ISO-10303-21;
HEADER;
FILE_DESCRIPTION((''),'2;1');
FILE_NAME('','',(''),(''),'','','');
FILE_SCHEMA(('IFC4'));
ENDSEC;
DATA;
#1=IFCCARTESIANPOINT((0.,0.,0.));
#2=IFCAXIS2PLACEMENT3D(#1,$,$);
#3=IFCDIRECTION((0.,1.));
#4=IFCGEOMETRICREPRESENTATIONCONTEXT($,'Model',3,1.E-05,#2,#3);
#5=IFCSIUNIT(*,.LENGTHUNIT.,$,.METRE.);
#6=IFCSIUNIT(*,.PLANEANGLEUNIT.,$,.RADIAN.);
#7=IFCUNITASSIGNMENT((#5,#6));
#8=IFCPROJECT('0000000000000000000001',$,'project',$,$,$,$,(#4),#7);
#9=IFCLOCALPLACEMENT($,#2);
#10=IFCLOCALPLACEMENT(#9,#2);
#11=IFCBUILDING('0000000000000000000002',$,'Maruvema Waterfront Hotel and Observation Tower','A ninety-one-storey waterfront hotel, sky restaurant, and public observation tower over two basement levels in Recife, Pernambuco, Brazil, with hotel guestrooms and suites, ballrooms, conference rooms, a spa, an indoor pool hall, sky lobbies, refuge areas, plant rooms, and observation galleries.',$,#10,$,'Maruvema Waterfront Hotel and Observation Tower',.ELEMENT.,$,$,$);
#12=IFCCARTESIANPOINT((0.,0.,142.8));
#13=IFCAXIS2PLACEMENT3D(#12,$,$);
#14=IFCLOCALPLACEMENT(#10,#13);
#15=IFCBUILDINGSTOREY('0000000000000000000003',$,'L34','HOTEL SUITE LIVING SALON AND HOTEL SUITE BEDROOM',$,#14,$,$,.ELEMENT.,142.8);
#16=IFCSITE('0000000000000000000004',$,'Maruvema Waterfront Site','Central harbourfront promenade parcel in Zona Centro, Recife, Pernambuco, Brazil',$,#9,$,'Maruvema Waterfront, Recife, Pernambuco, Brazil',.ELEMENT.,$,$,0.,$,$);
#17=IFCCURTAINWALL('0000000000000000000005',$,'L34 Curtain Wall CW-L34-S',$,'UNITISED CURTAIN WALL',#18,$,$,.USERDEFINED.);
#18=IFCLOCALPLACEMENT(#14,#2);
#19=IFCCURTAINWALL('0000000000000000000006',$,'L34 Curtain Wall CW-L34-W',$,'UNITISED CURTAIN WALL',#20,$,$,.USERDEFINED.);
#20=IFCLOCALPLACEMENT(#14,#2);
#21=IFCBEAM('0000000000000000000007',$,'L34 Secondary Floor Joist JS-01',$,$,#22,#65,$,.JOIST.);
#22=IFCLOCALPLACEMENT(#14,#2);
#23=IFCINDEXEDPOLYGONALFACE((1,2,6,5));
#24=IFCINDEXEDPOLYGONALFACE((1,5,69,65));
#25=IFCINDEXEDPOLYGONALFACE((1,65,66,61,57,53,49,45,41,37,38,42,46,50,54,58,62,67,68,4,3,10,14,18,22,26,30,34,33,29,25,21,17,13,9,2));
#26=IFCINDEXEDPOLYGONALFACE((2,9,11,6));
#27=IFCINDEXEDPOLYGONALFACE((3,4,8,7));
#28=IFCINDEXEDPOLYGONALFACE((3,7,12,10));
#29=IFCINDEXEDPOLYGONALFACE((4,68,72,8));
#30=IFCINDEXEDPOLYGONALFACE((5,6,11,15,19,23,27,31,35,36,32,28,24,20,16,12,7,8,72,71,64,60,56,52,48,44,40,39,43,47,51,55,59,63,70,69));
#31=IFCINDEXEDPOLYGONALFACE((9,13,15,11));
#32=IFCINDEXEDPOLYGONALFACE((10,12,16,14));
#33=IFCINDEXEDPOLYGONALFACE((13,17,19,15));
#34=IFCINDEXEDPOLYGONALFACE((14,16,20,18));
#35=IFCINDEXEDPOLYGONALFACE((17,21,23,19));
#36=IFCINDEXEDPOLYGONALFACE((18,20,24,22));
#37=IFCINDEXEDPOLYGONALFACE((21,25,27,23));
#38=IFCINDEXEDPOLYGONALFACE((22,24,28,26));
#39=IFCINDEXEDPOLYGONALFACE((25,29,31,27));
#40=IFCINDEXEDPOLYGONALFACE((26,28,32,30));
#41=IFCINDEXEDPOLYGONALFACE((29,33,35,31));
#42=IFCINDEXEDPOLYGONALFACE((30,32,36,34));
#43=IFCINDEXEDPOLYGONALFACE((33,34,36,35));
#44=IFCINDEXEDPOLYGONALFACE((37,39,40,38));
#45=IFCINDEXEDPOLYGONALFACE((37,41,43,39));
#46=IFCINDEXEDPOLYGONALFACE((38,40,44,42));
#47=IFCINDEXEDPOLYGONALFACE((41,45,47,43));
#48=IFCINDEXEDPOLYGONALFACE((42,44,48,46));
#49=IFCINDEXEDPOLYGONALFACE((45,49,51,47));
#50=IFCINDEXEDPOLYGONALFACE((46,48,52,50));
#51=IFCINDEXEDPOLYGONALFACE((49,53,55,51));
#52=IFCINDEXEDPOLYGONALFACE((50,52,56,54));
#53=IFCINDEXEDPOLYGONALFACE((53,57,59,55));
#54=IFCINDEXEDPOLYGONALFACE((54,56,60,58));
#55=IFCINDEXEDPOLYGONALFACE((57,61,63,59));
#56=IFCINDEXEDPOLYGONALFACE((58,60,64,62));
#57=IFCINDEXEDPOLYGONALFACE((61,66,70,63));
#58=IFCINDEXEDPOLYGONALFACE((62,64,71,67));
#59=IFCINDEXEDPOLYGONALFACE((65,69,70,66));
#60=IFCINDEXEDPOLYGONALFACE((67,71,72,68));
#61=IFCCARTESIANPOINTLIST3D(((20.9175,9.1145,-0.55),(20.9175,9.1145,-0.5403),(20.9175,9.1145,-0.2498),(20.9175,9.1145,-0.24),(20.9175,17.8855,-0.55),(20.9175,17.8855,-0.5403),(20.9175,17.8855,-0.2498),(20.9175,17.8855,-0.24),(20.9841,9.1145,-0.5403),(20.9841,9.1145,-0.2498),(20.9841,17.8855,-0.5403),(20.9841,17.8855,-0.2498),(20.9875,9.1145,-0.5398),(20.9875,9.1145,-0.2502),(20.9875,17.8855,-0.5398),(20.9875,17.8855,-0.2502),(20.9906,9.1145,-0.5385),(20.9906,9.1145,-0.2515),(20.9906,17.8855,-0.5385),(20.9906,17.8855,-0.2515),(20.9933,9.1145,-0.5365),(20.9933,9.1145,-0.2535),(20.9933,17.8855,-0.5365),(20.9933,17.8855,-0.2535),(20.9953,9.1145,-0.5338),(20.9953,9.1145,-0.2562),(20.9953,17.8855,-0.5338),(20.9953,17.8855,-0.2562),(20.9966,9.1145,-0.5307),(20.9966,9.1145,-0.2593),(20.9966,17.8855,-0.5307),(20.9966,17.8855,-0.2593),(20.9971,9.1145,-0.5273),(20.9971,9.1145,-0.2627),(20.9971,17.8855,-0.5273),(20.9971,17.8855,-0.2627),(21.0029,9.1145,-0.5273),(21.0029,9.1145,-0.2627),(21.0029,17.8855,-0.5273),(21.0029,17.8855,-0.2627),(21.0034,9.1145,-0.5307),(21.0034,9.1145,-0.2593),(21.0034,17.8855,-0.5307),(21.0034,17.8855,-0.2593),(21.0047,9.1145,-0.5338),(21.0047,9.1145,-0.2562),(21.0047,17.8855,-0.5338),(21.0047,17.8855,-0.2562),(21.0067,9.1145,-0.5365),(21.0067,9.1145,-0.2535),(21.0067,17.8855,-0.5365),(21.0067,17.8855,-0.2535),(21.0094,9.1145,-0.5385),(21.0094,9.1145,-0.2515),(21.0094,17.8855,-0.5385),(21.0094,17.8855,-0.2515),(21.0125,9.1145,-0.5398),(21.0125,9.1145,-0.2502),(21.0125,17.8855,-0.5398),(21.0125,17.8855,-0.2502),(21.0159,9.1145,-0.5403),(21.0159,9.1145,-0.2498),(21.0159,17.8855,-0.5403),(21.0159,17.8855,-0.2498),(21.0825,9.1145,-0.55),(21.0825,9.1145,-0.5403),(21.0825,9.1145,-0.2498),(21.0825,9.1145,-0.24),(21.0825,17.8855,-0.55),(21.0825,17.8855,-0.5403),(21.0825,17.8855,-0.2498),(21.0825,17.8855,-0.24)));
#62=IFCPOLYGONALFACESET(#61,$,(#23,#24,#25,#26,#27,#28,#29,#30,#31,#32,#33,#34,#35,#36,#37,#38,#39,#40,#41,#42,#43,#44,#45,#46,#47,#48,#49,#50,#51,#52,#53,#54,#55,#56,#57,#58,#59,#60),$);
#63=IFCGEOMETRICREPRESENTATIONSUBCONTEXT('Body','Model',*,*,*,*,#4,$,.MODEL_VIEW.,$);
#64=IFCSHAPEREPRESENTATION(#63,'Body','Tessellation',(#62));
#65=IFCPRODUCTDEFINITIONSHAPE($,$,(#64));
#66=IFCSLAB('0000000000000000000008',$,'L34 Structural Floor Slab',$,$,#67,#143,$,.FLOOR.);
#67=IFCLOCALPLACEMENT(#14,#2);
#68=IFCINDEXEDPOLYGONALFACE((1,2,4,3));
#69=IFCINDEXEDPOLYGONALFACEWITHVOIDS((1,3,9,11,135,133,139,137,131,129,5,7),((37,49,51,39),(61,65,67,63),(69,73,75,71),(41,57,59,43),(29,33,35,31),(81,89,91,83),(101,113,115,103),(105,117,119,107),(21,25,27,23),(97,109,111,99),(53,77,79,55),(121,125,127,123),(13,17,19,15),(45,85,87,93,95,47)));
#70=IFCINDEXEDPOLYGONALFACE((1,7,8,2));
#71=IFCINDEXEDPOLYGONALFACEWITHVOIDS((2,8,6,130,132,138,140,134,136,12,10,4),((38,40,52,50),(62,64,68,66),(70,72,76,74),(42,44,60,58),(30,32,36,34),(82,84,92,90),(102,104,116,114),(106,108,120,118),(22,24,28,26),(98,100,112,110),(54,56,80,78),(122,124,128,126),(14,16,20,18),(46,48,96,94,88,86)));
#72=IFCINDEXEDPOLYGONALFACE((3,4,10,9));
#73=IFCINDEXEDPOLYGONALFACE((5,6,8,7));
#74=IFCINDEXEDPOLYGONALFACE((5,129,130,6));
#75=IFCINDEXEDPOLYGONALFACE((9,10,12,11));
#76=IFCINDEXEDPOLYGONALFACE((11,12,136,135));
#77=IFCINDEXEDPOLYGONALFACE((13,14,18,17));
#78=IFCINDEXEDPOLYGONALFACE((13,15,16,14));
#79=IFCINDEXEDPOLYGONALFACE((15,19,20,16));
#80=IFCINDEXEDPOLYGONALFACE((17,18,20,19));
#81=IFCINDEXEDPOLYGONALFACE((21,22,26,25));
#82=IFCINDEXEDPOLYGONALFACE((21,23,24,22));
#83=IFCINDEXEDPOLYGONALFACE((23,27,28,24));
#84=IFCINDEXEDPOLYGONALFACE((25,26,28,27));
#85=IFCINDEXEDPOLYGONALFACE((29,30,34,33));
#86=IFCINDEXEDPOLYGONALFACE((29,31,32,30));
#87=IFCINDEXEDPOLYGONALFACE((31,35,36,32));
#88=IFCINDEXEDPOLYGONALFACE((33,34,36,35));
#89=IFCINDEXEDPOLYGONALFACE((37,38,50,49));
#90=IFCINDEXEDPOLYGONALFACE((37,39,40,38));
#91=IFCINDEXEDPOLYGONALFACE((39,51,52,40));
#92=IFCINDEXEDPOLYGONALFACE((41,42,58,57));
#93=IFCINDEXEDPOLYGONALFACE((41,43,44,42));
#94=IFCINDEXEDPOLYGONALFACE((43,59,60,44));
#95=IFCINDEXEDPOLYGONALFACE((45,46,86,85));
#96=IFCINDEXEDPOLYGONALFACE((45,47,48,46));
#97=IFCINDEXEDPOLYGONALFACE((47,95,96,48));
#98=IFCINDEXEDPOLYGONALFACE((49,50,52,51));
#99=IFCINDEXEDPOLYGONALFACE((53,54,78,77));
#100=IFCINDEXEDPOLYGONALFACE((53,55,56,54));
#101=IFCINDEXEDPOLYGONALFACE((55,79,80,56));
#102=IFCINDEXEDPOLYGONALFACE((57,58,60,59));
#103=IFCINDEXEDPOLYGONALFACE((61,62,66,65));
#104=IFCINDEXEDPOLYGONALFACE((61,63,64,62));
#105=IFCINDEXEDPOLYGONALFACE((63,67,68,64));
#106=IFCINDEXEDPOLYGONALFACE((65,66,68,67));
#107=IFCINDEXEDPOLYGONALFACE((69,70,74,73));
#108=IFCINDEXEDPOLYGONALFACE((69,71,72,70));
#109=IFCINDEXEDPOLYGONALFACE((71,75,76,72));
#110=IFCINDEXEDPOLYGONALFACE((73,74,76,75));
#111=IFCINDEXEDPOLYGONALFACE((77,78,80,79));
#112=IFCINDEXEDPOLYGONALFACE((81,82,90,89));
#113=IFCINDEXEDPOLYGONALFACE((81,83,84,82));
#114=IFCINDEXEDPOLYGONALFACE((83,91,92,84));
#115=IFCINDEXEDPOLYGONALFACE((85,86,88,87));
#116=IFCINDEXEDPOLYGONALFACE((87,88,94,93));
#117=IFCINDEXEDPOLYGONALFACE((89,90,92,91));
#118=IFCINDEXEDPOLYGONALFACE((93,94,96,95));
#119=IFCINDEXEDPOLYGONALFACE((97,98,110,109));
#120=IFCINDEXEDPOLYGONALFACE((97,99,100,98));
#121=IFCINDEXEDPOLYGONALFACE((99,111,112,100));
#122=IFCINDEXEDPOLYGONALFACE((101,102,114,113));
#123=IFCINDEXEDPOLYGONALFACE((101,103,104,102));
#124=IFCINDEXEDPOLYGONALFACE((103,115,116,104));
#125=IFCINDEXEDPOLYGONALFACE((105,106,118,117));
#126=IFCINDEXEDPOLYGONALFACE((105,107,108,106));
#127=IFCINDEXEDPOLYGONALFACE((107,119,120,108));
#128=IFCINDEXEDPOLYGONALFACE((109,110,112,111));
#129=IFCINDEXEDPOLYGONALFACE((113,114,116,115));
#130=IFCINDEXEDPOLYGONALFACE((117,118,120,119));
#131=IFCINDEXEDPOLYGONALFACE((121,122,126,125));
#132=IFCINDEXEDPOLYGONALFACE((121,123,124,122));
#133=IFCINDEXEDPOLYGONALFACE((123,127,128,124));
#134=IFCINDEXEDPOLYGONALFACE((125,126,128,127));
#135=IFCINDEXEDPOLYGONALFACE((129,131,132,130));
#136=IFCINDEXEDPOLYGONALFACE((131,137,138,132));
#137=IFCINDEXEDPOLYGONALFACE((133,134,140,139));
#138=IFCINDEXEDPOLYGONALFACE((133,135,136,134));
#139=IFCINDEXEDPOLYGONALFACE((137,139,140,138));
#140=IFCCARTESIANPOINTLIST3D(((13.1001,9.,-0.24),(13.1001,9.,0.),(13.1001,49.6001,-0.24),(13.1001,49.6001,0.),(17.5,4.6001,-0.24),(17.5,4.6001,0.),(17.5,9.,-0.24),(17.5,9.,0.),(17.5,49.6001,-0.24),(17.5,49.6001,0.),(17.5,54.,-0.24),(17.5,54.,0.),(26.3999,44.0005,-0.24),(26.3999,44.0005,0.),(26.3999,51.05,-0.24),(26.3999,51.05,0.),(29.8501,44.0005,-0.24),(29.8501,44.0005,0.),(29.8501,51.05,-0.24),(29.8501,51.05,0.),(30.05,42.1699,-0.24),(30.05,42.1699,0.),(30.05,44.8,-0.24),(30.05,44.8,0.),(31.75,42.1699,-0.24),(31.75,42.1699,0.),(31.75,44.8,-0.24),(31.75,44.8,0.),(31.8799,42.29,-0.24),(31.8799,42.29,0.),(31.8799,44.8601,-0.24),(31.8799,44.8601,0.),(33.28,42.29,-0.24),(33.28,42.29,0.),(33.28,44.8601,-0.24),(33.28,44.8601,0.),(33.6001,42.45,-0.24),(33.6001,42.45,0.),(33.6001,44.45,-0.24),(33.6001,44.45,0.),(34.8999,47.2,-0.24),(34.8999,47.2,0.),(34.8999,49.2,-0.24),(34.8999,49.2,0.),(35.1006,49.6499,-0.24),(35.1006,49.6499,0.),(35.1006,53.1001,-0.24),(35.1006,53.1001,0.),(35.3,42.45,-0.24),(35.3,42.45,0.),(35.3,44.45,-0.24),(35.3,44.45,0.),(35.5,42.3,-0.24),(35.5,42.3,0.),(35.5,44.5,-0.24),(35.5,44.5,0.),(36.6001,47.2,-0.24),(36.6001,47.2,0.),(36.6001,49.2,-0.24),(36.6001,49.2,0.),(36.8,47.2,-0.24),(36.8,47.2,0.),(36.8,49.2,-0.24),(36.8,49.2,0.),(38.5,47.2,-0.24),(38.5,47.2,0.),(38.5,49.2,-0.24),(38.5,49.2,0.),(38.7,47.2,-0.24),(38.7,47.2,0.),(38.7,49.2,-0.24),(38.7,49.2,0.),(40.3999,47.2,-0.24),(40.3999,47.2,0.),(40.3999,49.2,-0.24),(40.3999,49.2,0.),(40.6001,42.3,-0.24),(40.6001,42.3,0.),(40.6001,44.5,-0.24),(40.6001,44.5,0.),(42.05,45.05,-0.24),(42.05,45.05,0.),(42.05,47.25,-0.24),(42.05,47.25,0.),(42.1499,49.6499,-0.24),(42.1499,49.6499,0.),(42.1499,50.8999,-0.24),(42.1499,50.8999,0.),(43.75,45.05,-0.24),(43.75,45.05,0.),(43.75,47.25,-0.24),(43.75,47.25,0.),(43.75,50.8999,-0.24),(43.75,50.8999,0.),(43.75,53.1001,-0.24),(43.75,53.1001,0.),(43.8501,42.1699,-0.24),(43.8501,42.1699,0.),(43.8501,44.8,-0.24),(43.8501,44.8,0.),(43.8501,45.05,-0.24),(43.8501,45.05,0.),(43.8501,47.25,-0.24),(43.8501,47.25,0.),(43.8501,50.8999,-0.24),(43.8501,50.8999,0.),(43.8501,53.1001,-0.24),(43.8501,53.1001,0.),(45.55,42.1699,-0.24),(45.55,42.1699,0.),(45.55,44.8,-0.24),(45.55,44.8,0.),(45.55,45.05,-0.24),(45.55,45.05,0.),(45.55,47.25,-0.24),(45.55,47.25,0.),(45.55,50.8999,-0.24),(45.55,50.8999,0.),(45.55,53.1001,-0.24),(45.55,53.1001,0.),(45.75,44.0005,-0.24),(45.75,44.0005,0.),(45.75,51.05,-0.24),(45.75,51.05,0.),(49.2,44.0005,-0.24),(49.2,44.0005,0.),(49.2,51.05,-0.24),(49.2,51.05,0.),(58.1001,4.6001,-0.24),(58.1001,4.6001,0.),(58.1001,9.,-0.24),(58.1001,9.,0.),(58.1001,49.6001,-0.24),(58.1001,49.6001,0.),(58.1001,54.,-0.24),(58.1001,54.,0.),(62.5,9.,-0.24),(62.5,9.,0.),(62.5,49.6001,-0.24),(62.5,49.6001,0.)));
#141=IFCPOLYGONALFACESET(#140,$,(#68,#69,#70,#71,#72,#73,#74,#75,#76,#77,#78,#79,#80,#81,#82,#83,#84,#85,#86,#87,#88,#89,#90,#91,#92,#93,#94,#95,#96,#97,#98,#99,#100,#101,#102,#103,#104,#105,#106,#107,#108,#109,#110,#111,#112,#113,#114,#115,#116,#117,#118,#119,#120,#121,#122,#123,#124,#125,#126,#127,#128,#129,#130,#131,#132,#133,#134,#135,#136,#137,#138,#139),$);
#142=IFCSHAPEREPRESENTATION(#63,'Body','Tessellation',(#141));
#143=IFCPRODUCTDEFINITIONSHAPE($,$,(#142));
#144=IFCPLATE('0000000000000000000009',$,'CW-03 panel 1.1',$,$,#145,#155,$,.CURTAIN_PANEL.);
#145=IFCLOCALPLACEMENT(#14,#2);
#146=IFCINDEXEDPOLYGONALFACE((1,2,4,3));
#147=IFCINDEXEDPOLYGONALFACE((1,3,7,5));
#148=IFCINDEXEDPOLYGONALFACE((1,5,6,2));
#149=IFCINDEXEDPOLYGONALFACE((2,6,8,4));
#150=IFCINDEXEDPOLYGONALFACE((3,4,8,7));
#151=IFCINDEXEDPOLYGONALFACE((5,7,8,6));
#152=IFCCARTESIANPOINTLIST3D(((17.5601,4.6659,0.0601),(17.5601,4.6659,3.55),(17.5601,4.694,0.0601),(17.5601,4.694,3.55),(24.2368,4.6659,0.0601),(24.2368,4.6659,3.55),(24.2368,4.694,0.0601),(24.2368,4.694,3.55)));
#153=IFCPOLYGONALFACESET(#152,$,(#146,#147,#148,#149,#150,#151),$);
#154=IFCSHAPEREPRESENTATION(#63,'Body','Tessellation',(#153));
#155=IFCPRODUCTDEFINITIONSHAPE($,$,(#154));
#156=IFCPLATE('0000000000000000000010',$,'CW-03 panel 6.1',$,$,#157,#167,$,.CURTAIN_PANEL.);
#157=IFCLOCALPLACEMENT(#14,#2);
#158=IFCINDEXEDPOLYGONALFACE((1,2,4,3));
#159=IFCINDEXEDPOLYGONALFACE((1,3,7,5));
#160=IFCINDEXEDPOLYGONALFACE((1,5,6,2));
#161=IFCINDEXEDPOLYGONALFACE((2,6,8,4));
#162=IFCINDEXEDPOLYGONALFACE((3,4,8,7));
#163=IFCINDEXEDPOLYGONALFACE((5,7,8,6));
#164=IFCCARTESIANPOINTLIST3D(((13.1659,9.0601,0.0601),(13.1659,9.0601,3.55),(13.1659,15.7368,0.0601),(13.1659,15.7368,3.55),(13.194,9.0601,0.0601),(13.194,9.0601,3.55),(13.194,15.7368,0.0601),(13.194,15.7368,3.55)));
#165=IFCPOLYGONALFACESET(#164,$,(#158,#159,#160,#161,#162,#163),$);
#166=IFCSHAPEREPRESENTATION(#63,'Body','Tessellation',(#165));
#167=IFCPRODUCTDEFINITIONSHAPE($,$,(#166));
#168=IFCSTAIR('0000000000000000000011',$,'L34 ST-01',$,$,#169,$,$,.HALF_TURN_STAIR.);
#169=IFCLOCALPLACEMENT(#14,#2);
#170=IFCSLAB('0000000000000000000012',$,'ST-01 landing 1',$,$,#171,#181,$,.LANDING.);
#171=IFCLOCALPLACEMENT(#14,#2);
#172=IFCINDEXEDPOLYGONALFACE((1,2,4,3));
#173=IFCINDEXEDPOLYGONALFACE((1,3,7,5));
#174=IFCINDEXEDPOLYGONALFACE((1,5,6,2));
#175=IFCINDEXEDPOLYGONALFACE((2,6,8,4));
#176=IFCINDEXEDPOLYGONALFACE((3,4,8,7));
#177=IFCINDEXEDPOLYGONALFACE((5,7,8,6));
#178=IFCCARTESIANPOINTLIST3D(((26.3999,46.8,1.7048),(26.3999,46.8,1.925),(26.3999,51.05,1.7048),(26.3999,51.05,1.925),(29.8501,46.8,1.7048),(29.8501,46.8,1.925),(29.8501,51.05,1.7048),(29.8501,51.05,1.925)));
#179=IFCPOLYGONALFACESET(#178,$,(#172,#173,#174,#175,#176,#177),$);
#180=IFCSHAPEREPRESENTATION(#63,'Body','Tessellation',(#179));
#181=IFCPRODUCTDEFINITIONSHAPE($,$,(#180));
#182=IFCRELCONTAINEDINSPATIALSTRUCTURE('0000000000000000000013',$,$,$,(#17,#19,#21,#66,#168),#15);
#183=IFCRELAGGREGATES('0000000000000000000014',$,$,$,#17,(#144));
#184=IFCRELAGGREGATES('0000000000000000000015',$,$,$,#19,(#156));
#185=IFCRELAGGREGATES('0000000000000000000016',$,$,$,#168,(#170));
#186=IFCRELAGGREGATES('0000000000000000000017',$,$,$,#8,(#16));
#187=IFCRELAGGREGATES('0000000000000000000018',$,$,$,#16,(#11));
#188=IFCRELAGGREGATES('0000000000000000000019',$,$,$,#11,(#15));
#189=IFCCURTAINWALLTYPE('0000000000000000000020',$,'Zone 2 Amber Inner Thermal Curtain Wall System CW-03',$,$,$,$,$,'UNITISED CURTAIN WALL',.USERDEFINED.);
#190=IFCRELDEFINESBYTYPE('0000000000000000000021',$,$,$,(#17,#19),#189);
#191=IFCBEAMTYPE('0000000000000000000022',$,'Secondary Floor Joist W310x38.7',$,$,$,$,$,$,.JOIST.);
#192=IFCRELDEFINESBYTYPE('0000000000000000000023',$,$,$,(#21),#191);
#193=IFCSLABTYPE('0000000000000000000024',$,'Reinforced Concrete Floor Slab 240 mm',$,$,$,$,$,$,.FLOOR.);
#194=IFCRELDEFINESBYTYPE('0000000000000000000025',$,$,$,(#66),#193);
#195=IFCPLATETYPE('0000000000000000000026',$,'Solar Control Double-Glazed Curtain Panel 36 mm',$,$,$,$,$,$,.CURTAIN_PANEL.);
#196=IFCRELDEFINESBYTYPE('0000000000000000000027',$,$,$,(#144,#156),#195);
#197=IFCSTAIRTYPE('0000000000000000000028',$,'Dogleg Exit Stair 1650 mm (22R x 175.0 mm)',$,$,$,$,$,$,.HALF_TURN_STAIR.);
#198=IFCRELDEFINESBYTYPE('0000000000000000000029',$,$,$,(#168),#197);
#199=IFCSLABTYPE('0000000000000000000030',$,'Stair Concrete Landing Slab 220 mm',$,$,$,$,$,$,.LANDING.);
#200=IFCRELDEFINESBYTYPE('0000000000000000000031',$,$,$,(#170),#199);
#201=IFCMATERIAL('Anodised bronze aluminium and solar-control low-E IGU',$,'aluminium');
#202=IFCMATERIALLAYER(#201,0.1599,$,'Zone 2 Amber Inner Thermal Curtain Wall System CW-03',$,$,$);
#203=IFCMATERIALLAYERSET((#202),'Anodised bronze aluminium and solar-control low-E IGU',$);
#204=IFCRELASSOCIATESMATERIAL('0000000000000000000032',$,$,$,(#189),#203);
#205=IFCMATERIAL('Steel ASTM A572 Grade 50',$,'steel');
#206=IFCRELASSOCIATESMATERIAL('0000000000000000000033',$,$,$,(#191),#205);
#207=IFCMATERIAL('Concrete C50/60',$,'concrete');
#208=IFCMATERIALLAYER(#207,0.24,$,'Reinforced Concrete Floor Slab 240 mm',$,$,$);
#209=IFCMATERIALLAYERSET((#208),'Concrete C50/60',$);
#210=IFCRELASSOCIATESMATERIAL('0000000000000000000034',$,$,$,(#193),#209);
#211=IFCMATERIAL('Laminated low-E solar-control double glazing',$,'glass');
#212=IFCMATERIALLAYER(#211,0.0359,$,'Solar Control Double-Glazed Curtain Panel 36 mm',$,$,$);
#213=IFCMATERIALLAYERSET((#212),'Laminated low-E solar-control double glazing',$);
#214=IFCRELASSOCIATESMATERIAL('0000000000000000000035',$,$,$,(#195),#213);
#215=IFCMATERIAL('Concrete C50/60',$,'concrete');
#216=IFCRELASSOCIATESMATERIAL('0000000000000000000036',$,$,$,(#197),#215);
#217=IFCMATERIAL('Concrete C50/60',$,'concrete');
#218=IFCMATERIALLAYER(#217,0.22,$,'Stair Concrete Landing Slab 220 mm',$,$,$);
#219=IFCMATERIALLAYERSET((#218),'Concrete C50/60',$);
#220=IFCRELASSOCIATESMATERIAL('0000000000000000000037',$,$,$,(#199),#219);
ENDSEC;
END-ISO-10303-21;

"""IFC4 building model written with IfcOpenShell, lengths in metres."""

from ifc_helpers import new_model, si_unit, direction, frame, origin, origin_2d, place, context, subcontext, project, spatial, polyline, rectangle, i_section, outline, extrude, material, layer, layer_set, material_profile, profile_set, type_object, element, aggregate, save


model = new_model("IFC4")

# Units and contexts
model_context = context("Model", 3, precision=1e-05, world=origin(), true_north=direction((0.0, 1.0)))
body_context = subcontext(model_context, "Body", "Model", "MODEL_VIEW")
ifc_project = project(units=[si_unit("LENGTHUNIT", "METRE"), si_unit("PLANEANGLEUNIT", "RADIAN")], contexts=[model_context])

# Site, building, storey
site_placement = place(None, origin())
site = spatial("IfcSite", under=ifc_project, at=site_placement, Name="Maruvema Waterfront Site", Description="Central harbourfront promenade parcel in Zona Centro, Recife, Pernambuco, Brazil", LongName="Maruvema Waterfront, Recife, Pernambuco, Brazil", CompositionType="ELEMENT", RefElevation=0.0)
building_placement = place(site_placement, origin())
building = spatial("IfcBuilding", under=site, at=building_placement, Name="Maruvema Waterfront Hotel and Observation Tower", Description="A ninety-one-storey waterfront hotel, sky restaurant, and public observation tower over two basement levels in Recife, Pernambuco, Brazil, with hotel guestrooms and suites, ballrooms, conference rooms, a spa, an indoor pool hall, sky lobbies, refuge areas, plant rooms, and observation galleries.", LongName="Maruvema Waterfront Hotel and Observation Tower", CompositionType="ELEMENT")
storey_placement = place(building_placement, frame((0.0, 0.0, 142.8)))
storey = spatial("IfcBuildingStorey", under=building, at=storey_placement, Name="L34", Description="HOTEL SUITE LIVING SALON AND HOTEL SUITE BEDROOM", CompositionType="ELEMENT", Elevation=142.8)

# Curtain walls
ifc_material_1 = material(Name="Anodised bronze aluminium and solar-control low-E IGU", Category="aluminium")
ifc_layer_1 = layer(ifc_material_1, 0.1599, Name="Zone 2 Amber Inner Thermal Curtain Wall System CW-03")
ifc_layer_set_1 = layer_set([ifc_layer_1], Name="Anodised bronze aluminium and solar-control low-E IGU")
curtain_wall_type = type_object("IfcCurtainWallType", Name="Zone 2 Amber Inner Thermal Curtain Wall System CW-03", ElementType="UNITISED CURTAIN WALL", PredefinedType="USERDEFINED", material=ifc_layer_set_1)
curtain_wall_1_placement = place(storey_placement, origin())
curtain_wall_1 = element("IfcCurtainWall", 1, at=curtain_wall_1_placement, inside=storey, type_object=curtain_wall_type, Name="L34 Curtain Wall CW-L34-S", ObjectType="UNITISED CURTAIN WALL", PredefinedType="USERDEFINED")
curtain_wall_2_placement = place(storey_placement, origin())
curtain_wall_2 = element("IfcCurtainWall", 2, at=curtain_wall_2_placement, inside=storey, type_object=curtain_wall_type, Name="L34 Curtain Wall CW-L34-W", ObjectType="UNITISED CURTAIN WALL", PredefinedType="USERDEFINED")

# Beam
ifc_material_2 = material(Name="Steel ASTM A572 Grade 50", Category="steel")
ifc_material_profile_1 = material_profile(ifc_material_2, i_section(OverallWidth=0.165, OverallDepth=0.3101, WebThickness=0.0059, FlangeThickness=0.0098, FilletRadius=0.0129, at=origin_2d()), Name="W310x38.7")
ifc_profile_set_1 = profile_set([ifc_material_profile_1], Name="Steel ASTM A572 Grade 50")
beam_type_1 = type_object("IfcBeamType", Name="Secondary Floor Joist W310x38.7", PredefinedType="JOIST", material=ifc_profile_set_1)
beam_1_placement = place(storey_placement, frame((21.0, 9.1145, -0.395), z_axis=(0.0, 1.0, 0.0), x_axis=(-1.0, 0.0, 0.0)))
element("IfcBeam", 3, at=beam_1_placement, inside=storey, type_object=beam_type_1, Name="L34 Secondary Floor Joist JS-01", PredefinedType="JOIST", context=body_context, shape_type="SweptSolid", body=[
    extrude(i_section(OverallWidth=0.165, OverallDepth=0.3101, WebThickness=0.0059, FlangeThickness=0.0098, FilletRadius=0.0129, at=origin_2d()), origin(), (0.0, 0.0, 1.0), 8.771),
])

# Slab
ifc_material_3 = material(Name="Concrete C50/60", Category="concrete")
ifc_layer_2 = layer(ifc_material_3, 0.24, Name="Reinforced Concrete Floor Slab 240 mm")
ifc_layer_set_2 = layer_set([ifc_layer_2], Name="Concrete C50/60")
slab_type_1 = type_object("IfcSlabType", Name="Reinforced Concrete Floor Slab 240 mm", PredefinedType="FLOOR", material=ifc_layer_set_2)
slab_1_placement = place(storey_placement, frame((0.0, 0.0, -0.24)))
element("IfcSlab", 4, at=slab_1_placement, inside=storey, type_object=slab_type_1, Name="L34 Structural Floor Slab", PredefinedType="FLOOR", context=body_context, shape_type="SweptSolid", body=[
    extrude(outline(polyline([(17.5, 4.6001), (58.1001, 4.6001), (58.1001, 9.0), (62.5, 9.0), (62.5, 49.6001), (58.1001, 49.6001), (58.1001, 54.0), (17.5, 54.0), (17.5, 49.6001), (13.1001, 49.6001), (13.1001, 9.0), (17.5, 9.0), (17.5, 4.6001)]), holes=[polyline([(26.3999, 44.0005), (26.3999, 51.05), (29.8501, 51.05), (29.8501, 44.0005), (26.3999, 44.0005)]), polyline([(30.05, 44.8), (31.75, 44.8), (31.75, 42.1699), (30.05, 42.1699), (30.05, 44.8)]), polyline([(31.8799, 44.8601), (33.28, 44.8601), (33.28, 42.29), (31.8799, 42.29), (31.8799, 44.8601)]), polyline([(33.6001, 44.45), (35.3, 44.45), (35.3, 42.45), (33.6001, 42.45), (33.6001, 44.45)]), polyline([(34.8999, 49.2), (36.6001, 49.2), (36.6001, 47.2), (34.8999, 47.2), (34.8999, 49.2)]), polyline([(36.8, 49.2), (38.5, 49.2), (38.5, 47.2), (36.8, 47.2), (36.8, 49.2)]), polyline([(35.5, 42.3), (35.5, 44.5), (40.6001, 44.5), (40.6001, 42.3), (35.5, 42.3)]), polyline([(35.1006, 53.1001), (43.75, 53.1001), (43.75, 50.8999), (42.1499, 50.8999), (42.1499, 49.6499), (35.1006, 49.6499), (35.1006, 53.1001)]), polyline([(38.7, 49.2), (40.3999, 49.2), (40.3999, 47.2), (38.7, 47.2), (38.7, 49.2)]), polyline([(42.05, 47.25), (43.75, 47.25), (43.75, 45.05), (42.05, 45.05), (42.05, 47.25)]), polyline([(43.8501, 44.8), (45.55, 44.8), (45.55, 42.1699), (43.8501, 42.1699), (43.8501, 44.8)]), polyline([(43.8501, 47.25), (45.55, 47.25), (45.55, 45.05), (43.8501, 45.05), (43.8501, 47.25)]), polyline([(45.55, 53.1001), (45.55, 50.8999), (43.8501, 50.8999), (43.8501, 53.1001), (45.55, 53.1001)]), polyline([(45.75, 44.0005), (45.75, 51.05), (49.2, 51.05), (49.2, 44.0005), (45.75, 44.0005)])]), origin(), (0.0, 0.0, 1.0), 0.24),
])

# Plates
ifc_material_4 = material(Name="Laminated low-E solar-control double glazing", Category="glass")
ifc_layer_3 = layer(ifc_material_4, 0.0359, Name="Solar Control Double-Glazed Curtain Panel 36 mm")
ifc_layer_set_3 = layer_set([ifc_layer_3], Name="Laminated low-E solar-control double glazing")
plate_type = type_object("IfcPlateType", Name="Solar Control Double-Glazed Curtain Panel 36 mm", PredefinedType="CURTAIN_PANEL", material=ifc_layer_set_3)
plate_1_placement = place(storey_placement, frame((20.8984, 4.6799, 0.0601), z_axis=(0.0, 0.0, 1.0), x_axis=(1.0, 0.0, 0.0)))
plate_1 = element("IfcPlate", 5, at=plate_1_placement, type_object=plate_type, Name="CW-03 panel 1.1", PredefinedType="CURTAIN_PANEL", context=body_context, shape_type="SweptSolid", body=[
    extrude(rectangle(XDim=6.6768, YDim=0.0281, at=origin_2d()), origin(), (0.0, 0.0, 1.0), 3.49),
])
aggregate(curtain_wall_1, [plate_1])
plate_2_placement = place(storey_placement, frame((13.1799, 12.3984, 0.0601), z_axis=(0.0, 0.0, 1.0), x_axis=(0.0, -1.0, 0.0)))
plate_2 = element("IfcPlate", 6, at=plate_2_placement, type_object=plate_type, Name="CW-03 panel 6.1", PredefinedType="CURTAIN_PANEL", context=body_context, shape_type="SweptSolid", body=[
    extrude(rectangle(XDim=6.6768, YDim=0.0281, at=origin_2d()), origin(), (0.0, 0.0, 1.0), 3.49),
])
aggregate(curtain_wall_2, [plate_2])

# Stair, slab
ifc_material_5 = material(Name="Concrete C50/60", Category="concrete")
stair_type = type_object("IfcStairType", Name="Dogleg Exit Stair 1650 mm (22R x 175.0 mm)", PredefinedType="HALF_TURN_STAIR", material=ifc_material_5)
stair_1_placement = place(storey_placement, origin())
stair_1 = element("IfcStair", 7, at=stair_1_placement, inside=storey, type_object=stair_type, Name="L34 ST-01", PredefinedType="HALF_TURN_STAIR")
ifc_material_6 = material(Name="Concrete C50/60", Category="concrete")
ifc_layer_4 = layer(ifc_material_6, 0.22, Name="Stair Concrete Landing Slab 220 mm")
ifc_layer_set_4 = layer_set([ifc_layer_4], Name="Concrete C50/60")
slab_type_2 = type_object("IfcSlabType", Name="Stair Concrete Landing Slab 220 mm", PredefinedType="LANDING", material=ifc_layer_set_4)
slab_2_placement = place(storey_placement, frame((0.0, 0.0, 1.7048)))
slab_2 = element("IfcSlab", 8, at=slab_2_placement, type_object=slab_type_2, Name="ST-01 landing 1", PredefinedType="LANDING", context=body_context, shape_type="SweptSolid", body=[
    extrude(outline(polyline([(29.8501, 46.8), (29.8501, 51.05), (26.3999, 51.05), (26.3999, 46.8), (29.8501, 46.8)])), origin(), (0.0, 0.0, 1.0), 0.2202),
])
aggregate(stair_1, [slab_2])

save(model, "model.ifc")
